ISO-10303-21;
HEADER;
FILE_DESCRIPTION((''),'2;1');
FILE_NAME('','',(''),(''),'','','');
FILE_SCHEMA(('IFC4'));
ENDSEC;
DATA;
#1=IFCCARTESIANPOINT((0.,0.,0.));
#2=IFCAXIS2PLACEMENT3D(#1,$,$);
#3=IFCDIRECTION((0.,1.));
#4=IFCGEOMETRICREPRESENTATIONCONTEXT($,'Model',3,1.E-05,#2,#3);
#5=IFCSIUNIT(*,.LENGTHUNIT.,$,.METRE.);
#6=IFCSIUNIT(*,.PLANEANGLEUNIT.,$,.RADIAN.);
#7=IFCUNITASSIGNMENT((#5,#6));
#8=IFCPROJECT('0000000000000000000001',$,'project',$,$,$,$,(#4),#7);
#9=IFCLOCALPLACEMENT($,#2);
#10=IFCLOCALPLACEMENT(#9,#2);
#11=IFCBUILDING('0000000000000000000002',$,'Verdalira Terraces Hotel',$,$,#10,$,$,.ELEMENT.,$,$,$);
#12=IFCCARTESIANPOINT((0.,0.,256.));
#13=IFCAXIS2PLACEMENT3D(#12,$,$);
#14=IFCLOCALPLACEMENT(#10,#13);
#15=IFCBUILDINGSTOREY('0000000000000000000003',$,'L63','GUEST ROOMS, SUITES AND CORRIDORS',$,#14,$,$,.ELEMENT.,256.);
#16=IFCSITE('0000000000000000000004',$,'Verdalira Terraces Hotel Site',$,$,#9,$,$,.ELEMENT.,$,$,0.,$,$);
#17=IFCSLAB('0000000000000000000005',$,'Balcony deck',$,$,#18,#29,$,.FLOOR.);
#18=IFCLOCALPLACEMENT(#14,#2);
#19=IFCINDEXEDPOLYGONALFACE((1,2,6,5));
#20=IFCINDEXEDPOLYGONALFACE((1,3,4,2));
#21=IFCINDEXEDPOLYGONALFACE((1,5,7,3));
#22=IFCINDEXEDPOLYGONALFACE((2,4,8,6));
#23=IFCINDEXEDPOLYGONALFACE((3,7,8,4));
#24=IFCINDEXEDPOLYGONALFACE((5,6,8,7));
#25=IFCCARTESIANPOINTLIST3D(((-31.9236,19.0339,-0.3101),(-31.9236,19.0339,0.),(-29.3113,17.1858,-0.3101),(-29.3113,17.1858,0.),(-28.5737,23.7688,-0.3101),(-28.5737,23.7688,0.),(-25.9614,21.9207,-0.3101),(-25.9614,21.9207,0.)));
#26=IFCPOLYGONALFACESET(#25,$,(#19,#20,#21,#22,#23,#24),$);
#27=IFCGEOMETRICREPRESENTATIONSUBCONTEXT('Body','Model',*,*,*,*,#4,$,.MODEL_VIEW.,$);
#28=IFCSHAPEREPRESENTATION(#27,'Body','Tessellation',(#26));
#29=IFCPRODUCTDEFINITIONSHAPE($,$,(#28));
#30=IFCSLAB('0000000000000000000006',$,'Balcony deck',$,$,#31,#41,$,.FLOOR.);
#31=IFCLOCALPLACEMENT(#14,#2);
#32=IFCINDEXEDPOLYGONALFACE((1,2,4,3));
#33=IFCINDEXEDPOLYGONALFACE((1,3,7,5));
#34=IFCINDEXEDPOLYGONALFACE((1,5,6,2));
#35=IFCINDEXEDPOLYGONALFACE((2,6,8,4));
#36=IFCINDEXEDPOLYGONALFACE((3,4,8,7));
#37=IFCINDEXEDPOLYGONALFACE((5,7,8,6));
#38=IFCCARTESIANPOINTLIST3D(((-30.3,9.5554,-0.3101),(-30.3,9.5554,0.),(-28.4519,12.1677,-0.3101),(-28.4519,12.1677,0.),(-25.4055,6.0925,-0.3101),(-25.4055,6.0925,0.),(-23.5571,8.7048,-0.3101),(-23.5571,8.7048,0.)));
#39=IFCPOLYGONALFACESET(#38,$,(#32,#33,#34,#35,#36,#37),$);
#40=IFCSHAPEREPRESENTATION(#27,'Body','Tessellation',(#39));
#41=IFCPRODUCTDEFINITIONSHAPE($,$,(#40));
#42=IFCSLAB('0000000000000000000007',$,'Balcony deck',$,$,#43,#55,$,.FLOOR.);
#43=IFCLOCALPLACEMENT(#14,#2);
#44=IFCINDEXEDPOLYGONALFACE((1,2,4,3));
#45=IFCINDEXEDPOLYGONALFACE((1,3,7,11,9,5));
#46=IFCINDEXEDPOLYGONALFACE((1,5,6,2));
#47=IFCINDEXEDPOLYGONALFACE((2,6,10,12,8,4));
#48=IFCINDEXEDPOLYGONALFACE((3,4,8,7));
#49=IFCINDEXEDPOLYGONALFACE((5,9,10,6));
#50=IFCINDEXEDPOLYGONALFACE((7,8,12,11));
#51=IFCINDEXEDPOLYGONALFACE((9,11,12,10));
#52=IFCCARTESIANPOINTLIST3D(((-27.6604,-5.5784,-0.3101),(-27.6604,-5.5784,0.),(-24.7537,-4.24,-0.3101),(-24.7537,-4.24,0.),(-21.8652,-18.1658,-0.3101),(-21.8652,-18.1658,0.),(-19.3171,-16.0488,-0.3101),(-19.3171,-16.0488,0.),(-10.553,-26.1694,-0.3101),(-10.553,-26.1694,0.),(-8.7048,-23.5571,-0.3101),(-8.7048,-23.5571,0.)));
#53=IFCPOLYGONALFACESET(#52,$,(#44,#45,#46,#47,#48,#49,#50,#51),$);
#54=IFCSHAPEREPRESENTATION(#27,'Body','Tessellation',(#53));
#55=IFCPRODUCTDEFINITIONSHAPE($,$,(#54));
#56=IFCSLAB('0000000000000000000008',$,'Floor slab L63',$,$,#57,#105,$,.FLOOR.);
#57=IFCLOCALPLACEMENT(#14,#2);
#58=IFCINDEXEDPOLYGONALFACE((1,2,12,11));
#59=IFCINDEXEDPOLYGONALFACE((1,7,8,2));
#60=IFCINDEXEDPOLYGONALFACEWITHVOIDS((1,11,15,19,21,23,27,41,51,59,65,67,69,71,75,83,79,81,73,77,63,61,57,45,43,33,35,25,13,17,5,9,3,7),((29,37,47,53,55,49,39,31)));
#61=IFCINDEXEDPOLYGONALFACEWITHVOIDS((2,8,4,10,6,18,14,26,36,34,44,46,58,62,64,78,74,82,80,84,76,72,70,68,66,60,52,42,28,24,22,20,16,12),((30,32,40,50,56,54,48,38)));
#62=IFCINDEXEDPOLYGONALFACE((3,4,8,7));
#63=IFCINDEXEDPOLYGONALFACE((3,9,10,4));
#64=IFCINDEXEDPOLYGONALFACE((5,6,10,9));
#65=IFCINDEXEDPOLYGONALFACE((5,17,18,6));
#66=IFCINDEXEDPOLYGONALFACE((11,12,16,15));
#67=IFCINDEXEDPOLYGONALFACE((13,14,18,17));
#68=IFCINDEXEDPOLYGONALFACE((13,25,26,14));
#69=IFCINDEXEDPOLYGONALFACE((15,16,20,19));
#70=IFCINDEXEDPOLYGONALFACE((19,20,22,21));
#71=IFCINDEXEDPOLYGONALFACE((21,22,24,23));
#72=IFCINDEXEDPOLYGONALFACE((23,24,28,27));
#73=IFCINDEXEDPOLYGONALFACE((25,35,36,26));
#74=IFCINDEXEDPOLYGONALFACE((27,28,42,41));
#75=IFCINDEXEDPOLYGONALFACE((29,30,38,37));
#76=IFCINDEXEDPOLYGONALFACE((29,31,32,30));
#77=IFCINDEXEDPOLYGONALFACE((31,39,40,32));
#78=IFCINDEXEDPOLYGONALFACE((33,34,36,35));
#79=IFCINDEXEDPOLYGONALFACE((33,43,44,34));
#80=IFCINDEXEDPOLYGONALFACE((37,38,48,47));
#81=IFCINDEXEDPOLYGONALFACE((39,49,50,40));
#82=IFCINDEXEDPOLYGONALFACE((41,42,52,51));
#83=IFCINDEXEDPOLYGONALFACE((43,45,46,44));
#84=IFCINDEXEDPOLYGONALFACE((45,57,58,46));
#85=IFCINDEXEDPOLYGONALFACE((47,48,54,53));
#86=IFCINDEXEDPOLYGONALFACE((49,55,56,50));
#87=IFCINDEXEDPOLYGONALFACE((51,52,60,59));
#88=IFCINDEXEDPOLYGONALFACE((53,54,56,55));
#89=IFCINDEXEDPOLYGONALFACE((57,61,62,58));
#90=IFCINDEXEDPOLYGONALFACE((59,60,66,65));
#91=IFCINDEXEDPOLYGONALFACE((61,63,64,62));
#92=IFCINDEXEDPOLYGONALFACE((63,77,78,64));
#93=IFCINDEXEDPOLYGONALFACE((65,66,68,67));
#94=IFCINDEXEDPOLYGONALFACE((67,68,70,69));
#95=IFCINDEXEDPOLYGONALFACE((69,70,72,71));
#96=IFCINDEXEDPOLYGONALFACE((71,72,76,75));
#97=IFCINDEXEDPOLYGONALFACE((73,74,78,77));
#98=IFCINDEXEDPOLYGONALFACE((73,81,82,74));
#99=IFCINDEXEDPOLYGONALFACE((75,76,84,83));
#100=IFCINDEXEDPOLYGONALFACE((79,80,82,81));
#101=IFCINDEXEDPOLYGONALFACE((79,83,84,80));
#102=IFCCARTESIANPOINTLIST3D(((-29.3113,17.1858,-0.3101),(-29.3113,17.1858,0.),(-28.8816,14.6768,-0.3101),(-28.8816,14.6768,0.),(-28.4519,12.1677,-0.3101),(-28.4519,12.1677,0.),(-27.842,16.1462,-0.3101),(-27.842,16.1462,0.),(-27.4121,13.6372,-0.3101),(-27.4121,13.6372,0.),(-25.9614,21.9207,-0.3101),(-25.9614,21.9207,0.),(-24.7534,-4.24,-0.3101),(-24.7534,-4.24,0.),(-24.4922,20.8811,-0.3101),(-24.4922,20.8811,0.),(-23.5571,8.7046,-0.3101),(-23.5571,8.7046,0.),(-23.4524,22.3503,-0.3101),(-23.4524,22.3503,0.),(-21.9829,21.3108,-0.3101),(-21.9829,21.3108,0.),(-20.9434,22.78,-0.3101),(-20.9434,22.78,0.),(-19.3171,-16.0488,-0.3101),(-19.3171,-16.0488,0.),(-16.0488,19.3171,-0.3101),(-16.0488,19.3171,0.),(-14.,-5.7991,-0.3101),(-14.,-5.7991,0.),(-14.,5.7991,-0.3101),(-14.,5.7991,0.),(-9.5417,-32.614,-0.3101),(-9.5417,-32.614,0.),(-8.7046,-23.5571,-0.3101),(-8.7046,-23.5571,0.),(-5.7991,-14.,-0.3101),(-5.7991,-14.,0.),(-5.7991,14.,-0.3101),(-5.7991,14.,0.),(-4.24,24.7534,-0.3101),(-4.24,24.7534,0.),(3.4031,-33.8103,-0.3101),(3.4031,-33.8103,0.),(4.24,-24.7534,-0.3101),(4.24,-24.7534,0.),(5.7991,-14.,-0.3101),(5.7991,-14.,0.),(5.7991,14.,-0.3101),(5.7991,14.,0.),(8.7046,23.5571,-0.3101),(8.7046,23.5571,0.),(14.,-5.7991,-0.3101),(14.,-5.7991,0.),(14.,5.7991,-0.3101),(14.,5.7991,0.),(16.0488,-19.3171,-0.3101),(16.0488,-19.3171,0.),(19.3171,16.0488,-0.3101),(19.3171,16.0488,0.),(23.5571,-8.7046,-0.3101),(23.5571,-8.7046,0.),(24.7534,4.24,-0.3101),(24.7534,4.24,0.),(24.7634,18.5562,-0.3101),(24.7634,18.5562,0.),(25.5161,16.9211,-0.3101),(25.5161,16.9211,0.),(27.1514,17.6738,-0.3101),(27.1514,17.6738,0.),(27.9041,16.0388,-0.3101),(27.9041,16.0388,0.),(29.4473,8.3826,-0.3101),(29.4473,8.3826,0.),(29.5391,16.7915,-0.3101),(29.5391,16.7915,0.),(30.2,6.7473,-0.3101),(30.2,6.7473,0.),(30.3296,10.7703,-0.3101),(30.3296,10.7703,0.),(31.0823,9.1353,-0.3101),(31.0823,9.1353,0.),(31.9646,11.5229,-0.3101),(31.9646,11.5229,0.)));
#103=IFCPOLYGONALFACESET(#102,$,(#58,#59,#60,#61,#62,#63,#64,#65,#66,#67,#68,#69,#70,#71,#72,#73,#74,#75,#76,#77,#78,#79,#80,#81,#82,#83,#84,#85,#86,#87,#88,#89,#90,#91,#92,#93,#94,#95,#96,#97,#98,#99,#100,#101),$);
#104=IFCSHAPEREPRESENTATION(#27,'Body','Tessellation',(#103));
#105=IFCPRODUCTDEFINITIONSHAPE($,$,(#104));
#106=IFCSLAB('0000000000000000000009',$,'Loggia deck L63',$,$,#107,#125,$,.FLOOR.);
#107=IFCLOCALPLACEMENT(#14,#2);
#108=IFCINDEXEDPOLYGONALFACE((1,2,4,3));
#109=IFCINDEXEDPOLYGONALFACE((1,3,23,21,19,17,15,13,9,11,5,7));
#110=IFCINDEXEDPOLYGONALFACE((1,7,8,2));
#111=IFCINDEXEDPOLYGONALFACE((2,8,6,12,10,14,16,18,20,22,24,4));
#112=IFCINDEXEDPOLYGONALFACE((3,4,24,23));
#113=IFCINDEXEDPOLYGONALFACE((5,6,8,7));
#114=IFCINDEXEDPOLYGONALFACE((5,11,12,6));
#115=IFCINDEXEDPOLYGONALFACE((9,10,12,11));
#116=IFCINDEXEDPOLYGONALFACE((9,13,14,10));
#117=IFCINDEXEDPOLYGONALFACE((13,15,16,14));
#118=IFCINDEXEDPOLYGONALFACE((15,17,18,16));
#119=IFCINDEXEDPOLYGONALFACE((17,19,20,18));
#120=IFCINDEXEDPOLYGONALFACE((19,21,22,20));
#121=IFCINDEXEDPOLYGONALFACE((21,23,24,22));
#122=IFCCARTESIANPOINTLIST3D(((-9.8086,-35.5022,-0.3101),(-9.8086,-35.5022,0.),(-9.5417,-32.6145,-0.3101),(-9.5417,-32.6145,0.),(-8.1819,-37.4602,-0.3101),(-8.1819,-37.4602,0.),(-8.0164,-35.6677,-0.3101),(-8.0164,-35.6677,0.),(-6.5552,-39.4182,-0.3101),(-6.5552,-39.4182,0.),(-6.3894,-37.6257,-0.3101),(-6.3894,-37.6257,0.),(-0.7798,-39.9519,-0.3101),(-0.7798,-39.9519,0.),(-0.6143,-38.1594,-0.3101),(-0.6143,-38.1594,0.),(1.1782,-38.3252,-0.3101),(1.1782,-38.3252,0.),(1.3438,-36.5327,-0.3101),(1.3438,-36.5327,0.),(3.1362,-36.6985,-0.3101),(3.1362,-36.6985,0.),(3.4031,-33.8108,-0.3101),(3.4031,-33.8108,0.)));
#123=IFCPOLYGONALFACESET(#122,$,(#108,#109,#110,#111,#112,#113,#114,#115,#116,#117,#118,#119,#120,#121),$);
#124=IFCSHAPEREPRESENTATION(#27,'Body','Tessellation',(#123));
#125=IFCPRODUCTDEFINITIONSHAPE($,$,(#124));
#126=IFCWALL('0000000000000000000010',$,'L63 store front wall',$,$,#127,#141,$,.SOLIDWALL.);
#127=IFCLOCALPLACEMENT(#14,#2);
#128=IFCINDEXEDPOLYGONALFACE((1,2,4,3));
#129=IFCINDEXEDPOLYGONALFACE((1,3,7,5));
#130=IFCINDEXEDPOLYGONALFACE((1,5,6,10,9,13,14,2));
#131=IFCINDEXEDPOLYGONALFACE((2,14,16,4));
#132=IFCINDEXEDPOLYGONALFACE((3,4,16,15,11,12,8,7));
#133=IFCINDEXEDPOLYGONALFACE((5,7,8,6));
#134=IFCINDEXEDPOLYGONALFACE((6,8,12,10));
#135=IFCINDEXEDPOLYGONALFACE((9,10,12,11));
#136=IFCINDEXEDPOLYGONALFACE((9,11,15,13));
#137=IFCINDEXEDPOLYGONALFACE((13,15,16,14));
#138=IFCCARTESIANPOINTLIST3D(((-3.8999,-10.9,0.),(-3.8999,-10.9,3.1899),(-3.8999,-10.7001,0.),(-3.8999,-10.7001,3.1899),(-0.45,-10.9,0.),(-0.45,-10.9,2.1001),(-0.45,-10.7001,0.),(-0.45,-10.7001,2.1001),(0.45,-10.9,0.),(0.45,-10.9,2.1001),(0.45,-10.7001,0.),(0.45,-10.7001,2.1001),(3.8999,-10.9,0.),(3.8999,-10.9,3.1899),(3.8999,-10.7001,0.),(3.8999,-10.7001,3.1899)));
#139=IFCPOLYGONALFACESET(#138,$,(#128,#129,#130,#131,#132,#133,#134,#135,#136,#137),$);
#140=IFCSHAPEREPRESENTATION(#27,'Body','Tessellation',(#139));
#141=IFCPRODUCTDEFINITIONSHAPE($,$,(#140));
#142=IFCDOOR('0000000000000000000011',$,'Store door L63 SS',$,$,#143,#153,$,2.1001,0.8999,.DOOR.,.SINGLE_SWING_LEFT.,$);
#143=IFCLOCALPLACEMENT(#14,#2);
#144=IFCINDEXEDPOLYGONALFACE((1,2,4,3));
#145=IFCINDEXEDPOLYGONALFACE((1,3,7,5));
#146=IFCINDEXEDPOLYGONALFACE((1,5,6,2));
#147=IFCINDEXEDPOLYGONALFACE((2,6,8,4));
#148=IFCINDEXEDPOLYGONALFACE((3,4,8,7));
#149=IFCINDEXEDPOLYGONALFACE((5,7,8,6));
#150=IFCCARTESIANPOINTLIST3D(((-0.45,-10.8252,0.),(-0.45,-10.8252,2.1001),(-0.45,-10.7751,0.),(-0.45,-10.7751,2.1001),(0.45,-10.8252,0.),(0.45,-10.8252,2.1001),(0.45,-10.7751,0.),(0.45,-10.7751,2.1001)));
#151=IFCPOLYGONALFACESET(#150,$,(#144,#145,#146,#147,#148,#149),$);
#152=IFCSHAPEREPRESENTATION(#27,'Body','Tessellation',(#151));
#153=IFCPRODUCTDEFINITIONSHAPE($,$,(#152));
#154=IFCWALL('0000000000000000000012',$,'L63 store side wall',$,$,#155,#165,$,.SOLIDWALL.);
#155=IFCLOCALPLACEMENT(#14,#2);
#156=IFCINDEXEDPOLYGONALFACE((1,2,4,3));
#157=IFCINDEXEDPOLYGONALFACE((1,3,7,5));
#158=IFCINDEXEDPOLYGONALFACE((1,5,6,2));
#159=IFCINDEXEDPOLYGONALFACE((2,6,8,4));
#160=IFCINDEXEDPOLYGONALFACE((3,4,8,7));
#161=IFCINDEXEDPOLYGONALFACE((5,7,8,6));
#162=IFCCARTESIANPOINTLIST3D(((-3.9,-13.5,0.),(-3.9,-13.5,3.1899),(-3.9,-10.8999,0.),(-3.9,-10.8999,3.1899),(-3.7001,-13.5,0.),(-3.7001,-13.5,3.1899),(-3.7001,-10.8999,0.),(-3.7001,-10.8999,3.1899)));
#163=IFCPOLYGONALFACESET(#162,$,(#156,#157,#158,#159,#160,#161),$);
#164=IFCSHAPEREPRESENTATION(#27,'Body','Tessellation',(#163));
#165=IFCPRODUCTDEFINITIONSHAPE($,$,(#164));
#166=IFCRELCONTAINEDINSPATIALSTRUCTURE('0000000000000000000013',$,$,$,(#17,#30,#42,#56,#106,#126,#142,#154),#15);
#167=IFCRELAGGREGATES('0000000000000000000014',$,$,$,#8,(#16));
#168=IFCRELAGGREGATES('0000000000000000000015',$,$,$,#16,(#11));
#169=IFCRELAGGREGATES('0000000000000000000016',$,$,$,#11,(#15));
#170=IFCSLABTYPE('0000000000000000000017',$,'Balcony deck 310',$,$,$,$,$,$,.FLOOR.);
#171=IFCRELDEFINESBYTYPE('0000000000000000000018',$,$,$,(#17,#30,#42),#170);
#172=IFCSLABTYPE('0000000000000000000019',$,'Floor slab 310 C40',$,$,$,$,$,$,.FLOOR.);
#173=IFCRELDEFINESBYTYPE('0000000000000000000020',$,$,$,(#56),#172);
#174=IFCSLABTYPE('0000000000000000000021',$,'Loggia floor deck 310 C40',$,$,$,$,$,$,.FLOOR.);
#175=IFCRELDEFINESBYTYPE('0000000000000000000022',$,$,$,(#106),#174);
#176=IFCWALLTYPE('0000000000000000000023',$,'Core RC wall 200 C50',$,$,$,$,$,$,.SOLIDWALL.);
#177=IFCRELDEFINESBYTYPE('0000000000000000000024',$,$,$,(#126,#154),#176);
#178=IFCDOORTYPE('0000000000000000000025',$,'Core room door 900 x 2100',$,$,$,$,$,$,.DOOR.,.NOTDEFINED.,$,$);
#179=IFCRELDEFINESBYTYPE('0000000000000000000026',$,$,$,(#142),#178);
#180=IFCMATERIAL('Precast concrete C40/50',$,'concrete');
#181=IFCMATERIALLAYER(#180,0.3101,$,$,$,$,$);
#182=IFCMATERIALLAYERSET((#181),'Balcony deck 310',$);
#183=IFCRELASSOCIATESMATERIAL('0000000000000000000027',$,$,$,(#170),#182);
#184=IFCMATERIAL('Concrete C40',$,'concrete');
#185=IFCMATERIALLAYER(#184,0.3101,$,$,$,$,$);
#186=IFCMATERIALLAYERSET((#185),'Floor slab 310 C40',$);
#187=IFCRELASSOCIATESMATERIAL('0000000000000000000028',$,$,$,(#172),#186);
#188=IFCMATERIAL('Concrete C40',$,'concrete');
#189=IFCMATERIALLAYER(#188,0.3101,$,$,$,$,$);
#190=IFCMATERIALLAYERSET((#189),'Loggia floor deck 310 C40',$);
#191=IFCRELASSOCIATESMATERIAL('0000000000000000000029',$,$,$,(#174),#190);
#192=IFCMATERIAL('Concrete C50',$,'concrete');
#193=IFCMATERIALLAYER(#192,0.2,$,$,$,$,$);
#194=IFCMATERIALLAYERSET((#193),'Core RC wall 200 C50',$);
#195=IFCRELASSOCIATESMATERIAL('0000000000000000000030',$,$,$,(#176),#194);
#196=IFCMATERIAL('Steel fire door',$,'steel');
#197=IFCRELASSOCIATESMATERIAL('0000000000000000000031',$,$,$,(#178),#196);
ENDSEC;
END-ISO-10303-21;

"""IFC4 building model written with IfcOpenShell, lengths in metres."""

from ifc_helpers import new_model, si_unit, direction, frame, frame_2d, origin, place, context, subcontext, project, spatial, polyline, rectangle, outline, extrude, material, layer, layer_set, type_object, element, fill, save


model = new_model("IFC4")

# Units and contexts
model_context = context("Model", 3, precision=1e-05, world=origin(), true_north=direction((0.0, 1.0)))
body_context = subcontext(model_context, "Body", "Model", "MODEL_VIEW")
ifc_project = project(units=[si_unit("LENGTHUNIT", "METRE"), si_unit("PLANEANGLEUNIT", "RADIAN")], contexts=[model_context])

# Site, building, storey
site_placement = place(None, origin())
site = spatial("IfcSite", under=ifc_project, at=site_placement, Name="Verdalira Terraces Hotel Site", CompositionType="ELEMENT", RefElevation=0.0)
building_placement = place(site_placement, origin())
building = spatial("IfcBuilding", under=site, at=building_placement, Name="Verdalira Terraces Hotel", CompositionType="ELEMENT")
storey_placement = place(building_placement, frame((0.0, 0.0, 256.0)))
storey = spatial("IfcBuildingStorey", under=building, at=storey_placement, Name="L63", Description="GUEST ROOMS, SUITES AND CORRIDORS", CompositionType="ELEMENT", Elevation=256.0)

# Slabs
ifc_material_1 = material(Name="Precast concrete C40/50", Category="concrete")
ifc_layer_1 = layer(ifc_material_1, 0.3101)
ifc_layer_set_1 = layer_set([ifc_layer_1], Name="Balcony deck 310")
slab_type_1 = type_object("IfcSlabType", Name="Balcony deck 310", PredefinedType="FLOOR", material=ifc_layer_set_1)
slab_1_placement = place(storey_placement, frame((0.0, 0.0, -0.3101)))
element("IfcSlab", 1, at=slab_1_placement, inside=storey, type_object=slab_type_1, Name="Balcony deck", PredefinedType="FLOOR", context=body_context, shape_type="SweptSolid", body=[
    extrude(outline(polyline([(-31.9236, 19.0339), (-29.3113, 17.1858), (-25.9614, 21.9207), (-28.5737, 23.7688), (-31.9236, 19.0339)])), origin(), (0.0, 0.0, 1.0), 0.3101),
])
slab_2_placement = place(storey_placement, frame((0.0, 0.0, -0.3101)))
element("IfcSlab", 2, at=slab_2_placement, inside=storey, type_object=slab_type_1, Name="Balcony deck", PredefinedType="FLOOR", context=body_context, shape_type="SweptSolid", body=[
    extrude(outline(polyline([(-25.4055, 6.0925), (-23.5571, 8.7048), (-28.4519, 12.1677), (-30.3, 9.5554), (-25.4055, 6.0925)])), origin(), (0.0, 0.0, 1.0), 0.3101),
])
slab_3_placement = place(storey_placement, frame((0.0, 0.0, -0.3101)))
element("IfcSlab", 3, at=slab_3_placement, inside=storey, type_object=slab_type_1, Name="Balcony deck", PredefinedType="FLOOR", context=body_context, shape_type="SweptSolid", body=[
    extrude(outline(polyline([(-21.8652, -18.1658), (-10.553, -26.1694), (-8.7048, -23.5571), (-19.3171, -16.0488), (-24.7537, -4.24), (-27.6604, -5.5784), (-21.8652, -18.1658)])), origin(), (0.0, 0.0, 1.0), 0.3101),
])
ifc_material_2 = material(Name="Concrete C40", Category="concrete")
ifc_layer_2 = layer(ifc_material_2, 0.3101)
ifc_layer_set_2 = layer_set([ifc_layer_2], Name="Floor slab 310 C40")
slab_type_2 = type_object("IfcSlabType", Name="Floor slab 310 C40", PredefinedType="FLOOR", material=ifc_layer_set_2)
slab_4_placement = place(storey_placement, frame((0.0, 0.0, -0.3101)))
element("IfcSlab", 4, at=slab_4_placement, inside=storey, type_object=slab_type_2, Name="Floor slab L63", PredefinedType="FLOOR", context=body_context, shape_type="SweptSolid", body=[
    extrude(outline(polyline([(-19.3171, -16.0488), (-8.7046, -23.5571), (-9.5417, -32.614), (3.4031, -33.8103), (4.24, -24.7534), (16.0488, -19.3171), (23.5571, -8.7046), (24.7534, 4.24), (30.2, 6.7473), (29.4473, 8.3826), (31.0823, 9.1353), (30.3296, 10.7703), (31.9646, 11.5229), (29.5391, 16.7915), (27.9041, 16.0388), (27.1514, 17.6738), (25.5161, 16.9211), (24.7634, 18.5562), (19.3171, 16.0488), (8.7046, 23.5571), (-4.24, 24.7534), (-16.0488, 19.3171), (-20.9434, 22.78), (-21.9829, 21.3108), (-23.4524, 22.3503), (-24.4922, 20.8811), (-25.9614, 21.9207), (-29.3113, 17.1858), (-27.842, 16.1462), (-28.8816, 14.6768), (-27.4121, 13.6372), (-28.4519, 12.1677), (-23.5571, 8.7046), (-24.7534, -4.24), (-19.3171, -16.0488)]), holes=[polyline([(5.7991, 14.0), (14.0, 5.7991), (14.0, -5.7991), (5.7991, -14.0), (-5.7991, -14.0), (-14.0, -5.7991), (-14.0, 5.7991), (-5.7991, 14.0), (5.7991, 14.0)])]), origin(), (0.0, 0.0, 1.0), 0.3101),
])
ifc_material_3 = material(Name="Concrete C40", Category="concrete")
ifc_layer_3 = layer(ifc_material_3, 0.3101)
ifc_layer_set_3 = layer_set([ifc_layer_3], Name="Loggia floor deck 310 C40")
slab_type_3 = type_object("IfcSlabType", Name="Loggia floor deck 310 C40", PredefinedType="FLOOR", material=ifc_layer_set_3)
slab_5_placement = place(storey_placement, frame((0.0, 0.0, -0.3101)))
element("IfcSlab", 5, at=slab_5_placement, inside=storey, type_object=slab_type_3, Name="Loggia deck L63", PredefinedType="FLOOR", context=body_context, shape_type="SweptSolid", body=[
    extrude(outline(polyline([(3.1362, -36.6985), (3.4031, -33.8108), (-9.5417, -32.6145), (-9.8086, -35.5022), (-8.0164, -35.6677), (-8.1819, -37.4602), (-6.3894, -37.6257), (-6.5552, -39.4182), (-0.7798, -39.9519), (-0.6143, -38.1594), (1.1782, -38.3252), (1.3438, -36.5327), (3.1362, -36.6985)])), origin(), (0.0, 0.0, 1.0), 0.3101),
])

# Wall, opening, door
ifc_material_4 = material(Name="Concrete C50", Category="concrete")
ifc_layer_4 = layer(ifc_material_4, 0.2)
ifc_layer_set_4 = layer_set([ifc_layer_4], Name="Core RC wall 200 C50")
wall_type_1 = type_object("IfcWallType", Name="Core RC wall 200 C50", PredefinedType="SOLIDWALL", material=ifc_layer_set_4)
wall_1_placement = place(storey_placement, frame((-3.8999, -10.8, 0.0), z_axis=(0.0, 0.0, 1.0), x_axis=(1.0, 0.0, 0.0)))
wall_1 = element("IfcWall", 6, at=wall_1_placement, inside=storey, type_object=wall_type_1, Name="L63 store front wall", PredefinedType="SOLIDWALL", context=body_context, shape_type="SweptSolid", body=[
    extrude(rectangle(XDim=7.7998, YDim=0.2, at=frame_2d((3.8999, 0.0))), origin(), (0.0, 0.0, 1.0), 3.1899),
])
opening_1_placement = place(wall_1_placement, frame((3.45, 0.0, 0.0)))
opening_1 = element("IfcOpeningElement", 7, at=opening_1_placement, cuts=wall_1, PredefinedType="OPENING", context=body_context, shape_type="SweptSolid", body=[
    extrude(rectangle(XDim=0.8999, YDim=2.1001, at=frame_2d((0.45, 1.05))), frame((0.0, 0.1099, 0.0), z_axis=(0.0, -1.0, 0.0), x_axis=(1.0, 0.0, 0.0)), (0.0, 0.0, 1.0), 0.22),
])
ifc_material_5 = material(Name="Steel fire door", Category="steel")
door_type_1 = type_object("IfcDoorType", Name="Core room door 900 x 2100", OperationType="NOTDEFINED", PredefinedType="DOOR", material=ifc_material_5)
door_1_placement = place(opening_1_placement, origin())
door_1 = element("IfcDoor", 8, at=door_1_placement, inside=storey, type_object=door_type_1, Name="Store door L63 SS", OperationType="SINGLE_SWING_LEFT", OverallHeight=2.1001, OverallWidth=0.8999, PredefinedType="DOOR", context=body_context, shape_type="SweptSolid", body=[
    extrude(rectangle(XDim=0.8999, YDim=2.1001, at=frame_2d((0.45, 1.05))), frame((0.0, 0.0249, 0.0), z_axis=(0.0, -1.0, 0.0), x_axis=(1.0, 0.0, 0.0)), (0.0, 0.0, 1.0), 0.05),
])
fill(opening_1, door_1)

# Wall
wall_2_placement = place(storey_placement, frame((-3.8, -10.8999, 0.0), z_axis=(0.0, 0.0, 1.0), x_axis=(0.0, -1.0, 0.0)))
element("IfcWall", 9, at=wall_2_placement, inside=storey, type_object=wall_type_1, Name="L63 store side wall", PredefinedType="SOLIDWALL", context=body_context, shape_type="SweptSolid", body=[
    extrude(rectangle(XDim=2.6001, YDim=0.2, at=frame_2d((1.3, 0.0))), origin(), (0.0, 0.0, 1.0), 3.1899),
])

save(model, "model.ifc")
